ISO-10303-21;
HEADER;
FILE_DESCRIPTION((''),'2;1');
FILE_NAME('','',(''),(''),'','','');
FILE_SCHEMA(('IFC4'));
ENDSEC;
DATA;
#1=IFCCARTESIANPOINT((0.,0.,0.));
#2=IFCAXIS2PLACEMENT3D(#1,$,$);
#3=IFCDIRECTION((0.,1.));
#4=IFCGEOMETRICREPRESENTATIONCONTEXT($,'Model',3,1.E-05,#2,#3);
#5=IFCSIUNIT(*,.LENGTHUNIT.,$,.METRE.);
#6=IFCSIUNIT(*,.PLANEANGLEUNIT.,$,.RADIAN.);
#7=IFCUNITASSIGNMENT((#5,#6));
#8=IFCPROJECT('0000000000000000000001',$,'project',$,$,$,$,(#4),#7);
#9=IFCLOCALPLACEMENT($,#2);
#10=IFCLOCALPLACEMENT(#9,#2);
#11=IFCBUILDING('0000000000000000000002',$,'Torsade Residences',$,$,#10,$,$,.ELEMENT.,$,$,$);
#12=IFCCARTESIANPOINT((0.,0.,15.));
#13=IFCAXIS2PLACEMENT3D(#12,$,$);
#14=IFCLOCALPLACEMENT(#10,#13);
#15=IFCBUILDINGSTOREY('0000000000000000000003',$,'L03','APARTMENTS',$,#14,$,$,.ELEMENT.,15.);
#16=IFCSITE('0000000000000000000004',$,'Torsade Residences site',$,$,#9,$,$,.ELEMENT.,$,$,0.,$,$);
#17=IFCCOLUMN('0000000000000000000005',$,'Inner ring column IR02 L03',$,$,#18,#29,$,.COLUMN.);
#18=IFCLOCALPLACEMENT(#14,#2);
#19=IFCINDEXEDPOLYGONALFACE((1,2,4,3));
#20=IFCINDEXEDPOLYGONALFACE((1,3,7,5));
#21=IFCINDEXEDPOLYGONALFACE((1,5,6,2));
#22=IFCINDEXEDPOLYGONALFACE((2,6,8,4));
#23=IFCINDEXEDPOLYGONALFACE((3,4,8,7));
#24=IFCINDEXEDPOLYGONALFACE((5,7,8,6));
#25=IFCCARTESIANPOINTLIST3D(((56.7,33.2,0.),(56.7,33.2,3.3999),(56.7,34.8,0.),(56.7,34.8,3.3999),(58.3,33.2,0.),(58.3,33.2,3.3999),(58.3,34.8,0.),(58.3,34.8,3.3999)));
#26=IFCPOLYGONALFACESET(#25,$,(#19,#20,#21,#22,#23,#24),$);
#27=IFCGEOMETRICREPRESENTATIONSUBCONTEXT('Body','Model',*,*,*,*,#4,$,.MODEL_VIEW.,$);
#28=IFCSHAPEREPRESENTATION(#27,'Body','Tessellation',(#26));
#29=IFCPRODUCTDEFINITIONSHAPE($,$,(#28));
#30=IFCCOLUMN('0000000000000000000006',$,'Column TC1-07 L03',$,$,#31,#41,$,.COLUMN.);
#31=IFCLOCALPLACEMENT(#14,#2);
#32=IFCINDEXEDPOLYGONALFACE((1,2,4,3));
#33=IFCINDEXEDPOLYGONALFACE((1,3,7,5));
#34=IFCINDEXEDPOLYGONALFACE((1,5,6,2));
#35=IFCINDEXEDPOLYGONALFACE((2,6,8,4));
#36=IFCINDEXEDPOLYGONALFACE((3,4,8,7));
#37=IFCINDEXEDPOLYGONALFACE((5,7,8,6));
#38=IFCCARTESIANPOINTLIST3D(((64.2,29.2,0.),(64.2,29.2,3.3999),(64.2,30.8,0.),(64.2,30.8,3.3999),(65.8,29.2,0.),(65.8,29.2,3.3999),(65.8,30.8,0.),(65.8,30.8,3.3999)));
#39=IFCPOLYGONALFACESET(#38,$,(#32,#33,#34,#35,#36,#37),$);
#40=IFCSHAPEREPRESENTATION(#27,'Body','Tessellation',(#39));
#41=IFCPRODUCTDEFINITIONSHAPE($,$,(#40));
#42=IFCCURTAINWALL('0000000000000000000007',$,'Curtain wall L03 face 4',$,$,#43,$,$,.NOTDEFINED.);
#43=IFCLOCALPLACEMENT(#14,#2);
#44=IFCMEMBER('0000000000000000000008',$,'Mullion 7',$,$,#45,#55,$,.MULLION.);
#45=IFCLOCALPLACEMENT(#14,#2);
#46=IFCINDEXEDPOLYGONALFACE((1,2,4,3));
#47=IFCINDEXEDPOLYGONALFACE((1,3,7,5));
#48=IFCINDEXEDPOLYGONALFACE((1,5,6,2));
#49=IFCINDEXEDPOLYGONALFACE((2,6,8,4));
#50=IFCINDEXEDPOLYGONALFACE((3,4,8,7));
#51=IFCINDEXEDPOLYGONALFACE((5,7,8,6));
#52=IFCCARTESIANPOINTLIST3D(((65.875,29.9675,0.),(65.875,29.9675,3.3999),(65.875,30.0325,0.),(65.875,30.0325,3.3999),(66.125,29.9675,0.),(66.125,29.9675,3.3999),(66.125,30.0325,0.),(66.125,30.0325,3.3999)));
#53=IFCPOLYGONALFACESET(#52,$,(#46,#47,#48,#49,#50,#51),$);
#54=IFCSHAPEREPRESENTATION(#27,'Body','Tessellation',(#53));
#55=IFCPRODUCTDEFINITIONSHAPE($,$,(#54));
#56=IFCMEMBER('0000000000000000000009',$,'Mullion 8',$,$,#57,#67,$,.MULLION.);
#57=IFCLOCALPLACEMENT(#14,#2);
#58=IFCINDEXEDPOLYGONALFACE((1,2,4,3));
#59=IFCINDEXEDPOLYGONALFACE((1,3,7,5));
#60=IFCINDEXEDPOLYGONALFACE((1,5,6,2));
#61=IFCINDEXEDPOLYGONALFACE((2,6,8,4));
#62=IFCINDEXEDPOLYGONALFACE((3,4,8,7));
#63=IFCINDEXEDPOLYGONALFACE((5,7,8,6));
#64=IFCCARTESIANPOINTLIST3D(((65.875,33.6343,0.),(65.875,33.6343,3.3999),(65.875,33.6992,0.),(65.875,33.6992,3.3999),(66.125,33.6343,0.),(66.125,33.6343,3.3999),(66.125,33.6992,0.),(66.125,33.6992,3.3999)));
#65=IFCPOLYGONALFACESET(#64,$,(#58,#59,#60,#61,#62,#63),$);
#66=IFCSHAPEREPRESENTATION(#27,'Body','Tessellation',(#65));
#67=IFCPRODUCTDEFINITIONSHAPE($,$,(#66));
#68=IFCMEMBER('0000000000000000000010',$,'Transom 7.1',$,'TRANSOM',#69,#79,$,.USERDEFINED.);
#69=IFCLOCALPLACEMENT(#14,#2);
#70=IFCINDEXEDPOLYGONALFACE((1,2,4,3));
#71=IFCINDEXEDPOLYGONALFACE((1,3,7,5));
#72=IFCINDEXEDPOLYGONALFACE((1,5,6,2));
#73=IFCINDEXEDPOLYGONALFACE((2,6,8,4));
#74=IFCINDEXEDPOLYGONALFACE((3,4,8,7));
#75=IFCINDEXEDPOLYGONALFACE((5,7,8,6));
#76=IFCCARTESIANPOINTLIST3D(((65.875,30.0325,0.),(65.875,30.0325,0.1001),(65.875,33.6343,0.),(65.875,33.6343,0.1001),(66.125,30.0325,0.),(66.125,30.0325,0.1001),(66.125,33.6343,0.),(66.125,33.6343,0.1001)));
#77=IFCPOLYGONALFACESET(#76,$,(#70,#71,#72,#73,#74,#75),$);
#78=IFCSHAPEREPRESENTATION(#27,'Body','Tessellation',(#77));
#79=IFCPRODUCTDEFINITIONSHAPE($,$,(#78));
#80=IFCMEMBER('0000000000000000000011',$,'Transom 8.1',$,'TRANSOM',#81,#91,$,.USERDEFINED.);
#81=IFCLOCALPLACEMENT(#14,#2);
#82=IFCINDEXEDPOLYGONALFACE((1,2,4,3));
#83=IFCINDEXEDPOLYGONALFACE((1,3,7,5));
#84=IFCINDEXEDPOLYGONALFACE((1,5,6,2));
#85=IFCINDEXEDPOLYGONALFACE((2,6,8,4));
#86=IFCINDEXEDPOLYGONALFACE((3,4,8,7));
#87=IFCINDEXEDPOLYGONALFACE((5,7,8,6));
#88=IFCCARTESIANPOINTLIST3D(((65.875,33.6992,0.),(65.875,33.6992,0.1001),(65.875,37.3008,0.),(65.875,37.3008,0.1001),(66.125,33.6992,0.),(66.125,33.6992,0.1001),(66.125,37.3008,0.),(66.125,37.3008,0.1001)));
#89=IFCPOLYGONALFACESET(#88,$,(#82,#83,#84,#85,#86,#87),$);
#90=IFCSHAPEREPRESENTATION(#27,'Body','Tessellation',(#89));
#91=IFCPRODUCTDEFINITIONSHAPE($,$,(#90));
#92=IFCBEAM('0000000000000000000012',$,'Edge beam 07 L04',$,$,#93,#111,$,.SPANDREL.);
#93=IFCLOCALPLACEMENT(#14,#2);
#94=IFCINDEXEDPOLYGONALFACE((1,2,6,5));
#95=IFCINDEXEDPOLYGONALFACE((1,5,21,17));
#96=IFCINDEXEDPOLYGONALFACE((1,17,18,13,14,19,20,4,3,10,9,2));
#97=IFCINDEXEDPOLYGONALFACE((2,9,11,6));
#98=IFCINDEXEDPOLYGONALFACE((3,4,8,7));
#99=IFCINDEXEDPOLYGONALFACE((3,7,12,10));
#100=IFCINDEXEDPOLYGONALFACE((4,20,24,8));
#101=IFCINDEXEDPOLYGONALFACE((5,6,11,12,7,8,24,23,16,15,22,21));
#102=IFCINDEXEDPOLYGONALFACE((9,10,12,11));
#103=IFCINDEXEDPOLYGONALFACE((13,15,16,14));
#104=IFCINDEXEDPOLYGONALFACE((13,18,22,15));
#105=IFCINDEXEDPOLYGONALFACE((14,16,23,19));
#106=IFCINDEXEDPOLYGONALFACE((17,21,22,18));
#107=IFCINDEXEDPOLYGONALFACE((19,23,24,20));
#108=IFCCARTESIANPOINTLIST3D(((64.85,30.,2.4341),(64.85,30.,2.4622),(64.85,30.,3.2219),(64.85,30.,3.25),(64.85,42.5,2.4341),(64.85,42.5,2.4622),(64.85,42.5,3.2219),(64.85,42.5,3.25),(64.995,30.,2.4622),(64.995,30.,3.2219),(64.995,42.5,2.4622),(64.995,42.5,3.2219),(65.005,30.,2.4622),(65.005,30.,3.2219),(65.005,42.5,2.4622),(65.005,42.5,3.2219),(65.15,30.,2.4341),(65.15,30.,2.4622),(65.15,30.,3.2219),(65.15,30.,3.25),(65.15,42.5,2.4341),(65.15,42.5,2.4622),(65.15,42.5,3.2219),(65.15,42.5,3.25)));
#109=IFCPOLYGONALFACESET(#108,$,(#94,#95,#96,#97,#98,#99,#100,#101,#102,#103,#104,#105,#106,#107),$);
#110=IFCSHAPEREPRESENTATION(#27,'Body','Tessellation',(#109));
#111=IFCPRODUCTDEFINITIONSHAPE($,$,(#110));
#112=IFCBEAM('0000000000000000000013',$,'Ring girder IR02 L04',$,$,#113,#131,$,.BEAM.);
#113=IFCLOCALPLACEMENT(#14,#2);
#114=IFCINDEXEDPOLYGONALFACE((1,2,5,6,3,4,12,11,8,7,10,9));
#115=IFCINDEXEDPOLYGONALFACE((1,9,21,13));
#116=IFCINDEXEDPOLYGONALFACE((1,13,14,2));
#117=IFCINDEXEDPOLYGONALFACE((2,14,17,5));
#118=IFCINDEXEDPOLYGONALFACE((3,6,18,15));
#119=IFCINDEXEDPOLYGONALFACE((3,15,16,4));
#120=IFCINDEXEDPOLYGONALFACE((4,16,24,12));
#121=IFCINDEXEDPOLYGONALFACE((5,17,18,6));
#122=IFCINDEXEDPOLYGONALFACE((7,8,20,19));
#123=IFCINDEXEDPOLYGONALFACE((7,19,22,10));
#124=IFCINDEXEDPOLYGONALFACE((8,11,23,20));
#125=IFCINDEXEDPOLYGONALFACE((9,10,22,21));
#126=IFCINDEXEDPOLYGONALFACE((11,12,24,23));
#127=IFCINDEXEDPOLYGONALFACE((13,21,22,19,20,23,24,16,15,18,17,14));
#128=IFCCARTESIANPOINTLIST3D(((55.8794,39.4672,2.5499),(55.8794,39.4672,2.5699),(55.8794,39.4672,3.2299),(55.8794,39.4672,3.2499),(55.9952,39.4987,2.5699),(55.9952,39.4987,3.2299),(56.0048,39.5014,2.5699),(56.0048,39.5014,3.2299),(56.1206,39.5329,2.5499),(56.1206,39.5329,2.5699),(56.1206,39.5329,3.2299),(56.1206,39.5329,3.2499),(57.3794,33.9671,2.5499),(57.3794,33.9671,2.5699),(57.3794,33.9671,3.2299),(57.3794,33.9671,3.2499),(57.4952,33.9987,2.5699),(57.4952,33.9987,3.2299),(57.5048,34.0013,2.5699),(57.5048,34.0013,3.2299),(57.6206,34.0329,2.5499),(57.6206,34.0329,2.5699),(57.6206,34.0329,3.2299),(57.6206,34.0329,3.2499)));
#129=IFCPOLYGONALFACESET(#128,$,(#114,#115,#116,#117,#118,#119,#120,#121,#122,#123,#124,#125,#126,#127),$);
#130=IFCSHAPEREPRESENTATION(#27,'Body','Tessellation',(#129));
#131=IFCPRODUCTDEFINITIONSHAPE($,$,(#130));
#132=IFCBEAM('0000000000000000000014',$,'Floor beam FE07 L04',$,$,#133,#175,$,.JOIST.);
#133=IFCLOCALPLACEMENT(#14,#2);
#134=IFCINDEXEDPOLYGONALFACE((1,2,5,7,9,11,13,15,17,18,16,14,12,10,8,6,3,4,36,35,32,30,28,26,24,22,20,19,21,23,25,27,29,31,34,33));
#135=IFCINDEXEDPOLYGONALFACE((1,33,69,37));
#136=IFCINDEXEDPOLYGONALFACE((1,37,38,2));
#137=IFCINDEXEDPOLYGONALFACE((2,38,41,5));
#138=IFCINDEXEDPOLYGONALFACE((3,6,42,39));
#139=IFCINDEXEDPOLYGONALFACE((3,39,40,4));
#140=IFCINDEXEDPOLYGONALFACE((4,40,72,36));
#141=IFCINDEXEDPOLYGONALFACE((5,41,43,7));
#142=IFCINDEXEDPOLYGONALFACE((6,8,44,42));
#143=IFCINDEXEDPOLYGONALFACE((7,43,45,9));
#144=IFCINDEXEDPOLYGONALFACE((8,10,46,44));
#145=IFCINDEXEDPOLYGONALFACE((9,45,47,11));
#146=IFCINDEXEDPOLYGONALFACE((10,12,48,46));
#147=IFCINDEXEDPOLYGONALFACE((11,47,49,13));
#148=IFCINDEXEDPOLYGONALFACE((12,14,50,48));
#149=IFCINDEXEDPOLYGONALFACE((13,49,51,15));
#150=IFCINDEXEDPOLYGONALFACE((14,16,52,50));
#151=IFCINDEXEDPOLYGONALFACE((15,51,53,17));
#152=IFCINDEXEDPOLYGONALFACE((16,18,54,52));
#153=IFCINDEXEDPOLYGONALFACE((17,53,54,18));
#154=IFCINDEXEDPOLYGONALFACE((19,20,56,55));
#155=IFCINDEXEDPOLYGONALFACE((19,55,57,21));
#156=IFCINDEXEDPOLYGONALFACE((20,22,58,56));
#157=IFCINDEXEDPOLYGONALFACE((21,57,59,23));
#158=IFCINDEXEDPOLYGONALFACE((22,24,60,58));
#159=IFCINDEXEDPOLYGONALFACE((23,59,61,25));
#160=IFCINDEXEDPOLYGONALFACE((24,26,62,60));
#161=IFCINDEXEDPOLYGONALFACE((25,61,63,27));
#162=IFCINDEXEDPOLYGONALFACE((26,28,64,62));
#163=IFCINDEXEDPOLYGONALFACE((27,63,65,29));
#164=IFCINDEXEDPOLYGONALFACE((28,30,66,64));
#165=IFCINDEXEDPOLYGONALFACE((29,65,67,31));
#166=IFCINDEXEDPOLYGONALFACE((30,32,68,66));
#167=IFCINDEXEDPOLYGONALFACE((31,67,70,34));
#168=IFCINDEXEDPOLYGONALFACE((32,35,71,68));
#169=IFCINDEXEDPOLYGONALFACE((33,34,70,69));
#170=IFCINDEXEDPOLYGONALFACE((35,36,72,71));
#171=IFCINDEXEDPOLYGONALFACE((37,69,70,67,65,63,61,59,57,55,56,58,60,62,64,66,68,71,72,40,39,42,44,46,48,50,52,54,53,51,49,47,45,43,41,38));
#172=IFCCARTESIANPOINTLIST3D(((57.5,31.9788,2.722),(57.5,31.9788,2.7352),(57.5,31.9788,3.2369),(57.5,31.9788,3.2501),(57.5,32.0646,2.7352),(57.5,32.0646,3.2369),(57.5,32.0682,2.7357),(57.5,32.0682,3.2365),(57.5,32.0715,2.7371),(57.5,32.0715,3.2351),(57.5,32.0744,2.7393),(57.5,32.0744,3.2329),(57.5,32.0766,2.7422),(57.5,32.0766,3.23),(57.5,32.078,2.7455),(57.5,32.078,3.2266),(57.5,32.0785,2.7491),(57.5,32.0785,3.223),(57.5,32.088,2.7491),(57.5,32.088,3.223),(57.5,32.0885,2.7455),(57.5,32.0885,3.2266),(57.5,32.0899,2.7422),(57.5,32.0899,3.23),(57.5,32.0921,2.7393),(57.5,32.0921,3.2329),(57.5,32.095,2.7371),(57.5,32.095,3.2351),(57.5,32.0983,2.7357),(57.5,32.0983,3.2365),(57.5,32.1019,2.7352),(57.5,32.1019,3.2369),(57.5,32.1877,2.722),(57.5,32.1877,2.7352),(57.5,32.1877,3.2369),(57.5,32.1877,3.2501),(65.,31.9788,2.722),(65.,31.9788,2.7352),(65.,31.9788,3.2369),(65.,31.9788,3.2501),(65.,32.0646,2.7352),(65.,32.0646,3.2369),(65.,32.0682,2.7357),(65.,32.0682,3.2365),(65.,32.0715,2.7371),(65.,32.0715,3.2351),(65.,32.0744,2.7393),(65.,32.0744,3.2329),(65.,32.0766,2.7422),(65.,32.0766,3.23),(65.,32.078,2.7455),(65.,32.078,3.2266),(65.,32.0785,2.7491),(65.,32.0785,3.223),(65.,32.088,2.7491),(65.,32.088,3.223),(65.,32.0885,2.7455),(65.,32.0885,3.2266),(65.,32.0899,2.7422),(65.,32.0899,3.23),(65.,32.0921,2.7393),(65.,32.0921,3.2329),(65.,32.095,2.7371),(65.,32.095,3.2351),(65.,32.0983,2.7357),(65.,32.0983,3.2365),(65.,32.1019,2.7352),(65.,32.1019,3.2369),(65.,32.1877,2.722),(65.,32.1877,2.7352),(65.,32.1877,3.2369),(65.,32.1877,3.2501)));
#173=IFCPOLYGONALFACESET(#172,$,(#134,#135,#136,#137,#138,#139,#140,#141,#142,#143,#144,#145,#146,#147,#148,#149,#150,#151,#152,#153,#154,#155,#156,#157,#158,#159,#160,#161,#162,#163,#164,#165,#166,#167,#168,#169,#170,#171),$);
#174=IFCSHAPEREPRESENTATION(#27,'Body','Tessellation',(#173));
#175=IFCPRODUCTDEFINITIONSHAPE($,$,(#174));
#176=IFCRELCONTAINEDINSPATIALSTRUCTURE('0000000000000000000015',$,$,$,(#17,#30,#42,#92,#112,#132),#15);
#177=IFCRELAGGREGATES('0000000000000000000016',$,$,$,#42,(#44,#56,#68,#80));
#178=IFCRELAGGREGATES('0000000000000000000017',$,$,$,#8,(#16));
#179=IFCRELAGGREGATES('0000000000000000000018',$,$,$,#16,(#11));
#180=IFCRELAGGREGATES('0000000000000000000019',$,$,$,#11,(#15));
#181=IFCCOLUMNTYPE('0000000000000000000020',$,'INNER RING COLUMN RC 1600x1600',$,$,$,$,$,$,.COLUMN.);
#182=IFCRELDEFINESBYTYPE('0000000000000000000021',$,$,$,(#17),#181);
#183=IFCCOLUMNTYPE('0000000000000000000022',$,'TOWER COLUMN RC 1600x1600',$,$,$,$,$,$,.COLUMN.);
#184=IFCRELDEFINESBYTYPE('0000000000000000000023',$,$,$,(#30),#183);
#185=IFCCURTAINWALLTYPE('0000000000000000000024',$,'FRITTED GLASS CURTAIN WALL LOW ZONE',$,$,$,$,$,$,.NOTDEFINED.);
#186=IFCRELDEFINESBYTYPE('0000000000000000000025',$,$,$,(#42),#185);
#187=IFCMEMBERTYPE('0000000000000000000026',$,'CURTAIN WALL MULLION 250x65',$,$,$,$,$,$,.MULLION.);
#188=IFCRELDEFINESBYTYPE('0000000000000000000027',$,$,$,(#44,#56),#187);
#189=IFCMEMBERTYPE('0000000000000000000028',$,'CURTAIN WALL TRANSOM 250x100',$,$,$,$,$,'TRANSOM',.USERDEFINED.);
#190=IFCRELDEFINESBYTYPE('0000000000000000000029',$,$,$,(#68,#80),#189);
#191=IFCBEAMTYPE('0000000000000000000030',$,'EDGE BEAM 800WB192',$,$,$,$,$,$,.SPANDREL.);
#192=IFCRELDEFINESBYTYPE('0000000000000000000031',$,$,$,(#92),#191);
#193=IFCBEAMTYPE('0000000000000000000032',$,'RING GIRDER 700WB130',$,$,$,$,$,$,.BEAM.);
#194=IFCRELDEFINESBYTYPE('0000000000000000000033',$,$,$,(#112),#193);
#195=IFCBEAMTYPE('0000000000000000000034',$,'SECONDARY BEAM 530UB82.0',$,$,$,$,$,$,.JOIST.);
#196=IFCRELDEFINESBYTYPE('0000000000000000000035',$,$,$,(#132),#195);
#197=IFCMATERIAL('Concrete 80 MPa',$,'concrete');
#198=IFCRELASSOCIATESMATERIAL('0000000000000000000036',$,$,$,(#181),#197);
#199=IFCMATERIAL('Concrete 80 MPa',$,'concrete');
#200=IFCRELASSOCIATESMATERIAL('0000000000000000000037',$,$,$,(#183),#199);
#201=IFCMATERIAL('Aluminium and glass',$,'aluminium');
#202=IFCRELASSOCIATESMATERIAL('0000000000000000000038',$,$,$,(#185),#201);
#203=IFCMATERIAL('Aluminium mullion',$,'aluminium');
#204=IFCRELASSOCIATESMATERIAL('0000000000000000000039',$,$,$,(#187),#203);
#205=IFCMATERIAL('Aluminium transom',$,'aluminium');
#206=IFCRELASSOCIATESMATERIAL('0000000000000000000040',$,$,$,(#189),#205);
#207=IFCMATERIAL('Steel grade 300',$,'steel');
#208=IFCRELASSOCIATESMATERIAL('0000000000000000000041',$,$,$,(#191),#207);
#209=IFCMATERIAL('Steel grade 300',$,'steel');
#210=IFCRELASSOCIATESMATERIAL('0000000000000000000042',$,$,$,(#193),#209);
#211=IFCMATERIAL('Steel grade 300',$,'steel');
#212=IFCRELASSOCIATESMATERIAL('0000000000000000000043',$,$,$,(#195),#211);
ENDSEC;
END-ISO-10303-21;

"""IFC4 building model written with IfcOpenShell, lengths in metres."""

from ifc_helpers import new_model, si_unit, direction, frame, origin, origin_2d, place, context, subcontext, project, spatial, rectangle, i_section, extrude, material, material_profile, profile_set, type_object, element, aggregate, save


model = new_model("IFC4")

# Units and contexts
model_context = context("Model", 3, precision=1e-05, world=origin(), true_north=direction((0.0, 1.0)))
body_context = subcontext(model_context, "Body", "Model", "MODEL_VIEW")
ifc_project = project(units=[si_unit("LENGTHUNIT", "METRE"), si_unit("PLANEANGLEUNIT", "RADIAN")], contexts=[model_context])

# Site, building, storey
site_placement = place(None, origin())
site = spatial("IfcSite", under=ifc_project, at=site_placement, Name="Torsade Residences site", CompositionType="ELEMENT", RefElevation=0.0)
building_placement = place(site_placement, origin())
building = spatial("IfcBuilding", under=site, at=building_placement, Name="Torsade Residences", CompositionType="ELEMENT")
storey_placement = place(building_placement, frame((0.0, 0.0, 15.0)))
storey = spatial("IfcBuildingStorey", under=building, at=storey_placement, Name="L03", Description="APARTMENTS", CompositionType="ELEMENT", Elevation=15.0)

# Columns
ifc_material_1 = material(Name="Concrete 80 MPa", Category="concrete")
ifc_material_profile_1 = material_profile(ifc_material_1, rectangle(XDim=1.6001, YDim=1.6001, at=origin_2d()), Name="RC 1600x1600")
ifc_profile_set_1 = profile_set([ifc_material_profile_1], Name="Concrete 80 MPa")
column_type_1 = type_object("IfcColumnType", Name="INNER RING COLUMN RC 1600x1600", PredefinedType="COLUMN", material=ifc_profile_set_1)
column_1_placement = place(storey_placement, frame((57.5, 34.0, 0.0), z_axis=(0.0, 0.0, 1.0), x_axis=(1.0, 0.0, 0.0)))
element("IfcColumn", 1, at=column_1_placement, inside=storey, type_object=column_type_1, Name="Inner ring column IR02 L03", PredefinedType="COLUMN", context=body_context, shape_type="SweptSolid", body=[
    extrude(rectangle(XDim=1.6001, YDim=1.6001, at=origin_2d()), origin(), (0.0, 0.0, 1.0), 3.3999),
])
ifc_material_2 = material(Name="Concrete 80 MPa", Category="concrete")
ifc_material_profile_2 = material_profile(ifc_material_2, rectangle(XDim=1.6001, YDim=1.6001, at=origin_2d()), Name="RC 1600x1600")
ifc_profile_set_2 = profile_set([ifc_material_profile_2], Name="Concrete 80 MPa")
column_type_2 = type_object("IfcColumnType", Name="TOWER COLUMN RC 1600x1600", PredefinedType="COLUMN", material=ifc_profile_set_2)
column_2_placement = place(storey_placement, frame((65.0, 30.0, 0.0), z_axis=(0.0, 0.0, 1.0), x_axis=(1.0, 0.0, 0.0)))
element("IfcColumn", 2, at=column_2_placement, inside=storey, type_object=column_type_2, Name="Column TC1-07 L03", PredefinedType="COLUMN", context=body_context, shape_type="SweptSolid", body=[
    extrude(rectangle(XDim=1.6001, YDim=1.6001, at=origin_2d()), origin(), (0.0, 0.0, 1.0), 3.3999),
])

# Curtain wall, members
ifc_material_3 = material(Name="Aluminium and glass", Category="aluminium")
curtain_wall_type = type_object("IfcCurtainWallType", Name="FRITTED GLASS CURTAIN WALL LOW ZONE", PredefinedType="NOTDEFINED", material=ifc_material_3)
curtain_wall_placement = place(storey_placement, origin())
curtain_wall = element("IfcCurtainWall", 3, at=curtain_wall_placement, inside=storey, type_object=curtain_wall_type, Name="Curtain wall L03 face 4", PredefinedType="NOTDEFINED")
ifc_material_4 = material(Name="Aluminium mullion", Category="aluminium")
ifc_material_profile_3 = material_profile(ifc_material_4, rectangle(XDim=0.25, YDim=0.0649, at=origin_2d()), Name="CURTAIN WALL MULLION 250x65")
ifc_profile_set_3 = profile_set([ifc_material_profile_3], Name="Aluminium mullion")
member_type_1 = type_object("IfcMemberType", Name="CURTAIN WALL MULLION 250x65", PredefinedType="MULLION", material=ifc_profile_set_3)
member_1_placement = place(storey_placement, frame((66.0, 30.0, 0.0), z_axis=(0.0, 0.0, 1.0), x_axis=(-1.0, 0.0, 0.0)))
member_1 = element("IfcMember", 4, at=member_1_placement, type_object=member_type_1, Name="Mullion 7", PredefinedType="MULLION", context=body_context, shape_type="SweptSolid", body=[
    extrude(rectangle(XDim=0.25, YDim=0.0649, at=origin_2d()), origin(), (0.0, 0.0, 1.0), 3.3999),
])
member_2_placement = place(storey_placement, frame((66.0, 33.6667, 0.0), z_axis=(0.0, 0.0, 1.0), x_axis=(-1.0, 0.0, 0.0)))
member_2 = element("IfcMember", 5, at=member_2_placement, type_object=member_type_1, Name="Mullion 8", PredefinedType="MULLION", context=body_context, shape_type="SweptSolid", body=[
    extrude(rectangle(XDim=0.25, YDim=0.0649, at=origin_2d()), origin(), (0.0, 0.0, 1.0), 3.3999),
])
ifc_material_5 = material(Name="Aluminium transom", Category="aluminium")
ifc_material_profile_4 = material_profile(ifc_material_5, rectangle(XDim=0.25, YDim=0.1001, at=origin_2d()), Name="CURTAIN WALL TRANSOM 250x100")
ifc_profile_set_4 = profile_set([ifc_material_profile_4], Name="Aluminium transom")
member_type_2 = type_object("IfcMemberType", Name="CURTAIN WALL TRANSOM 250x100", ElementType="TRANSOM", PredefinedType="USERDEFINED", material=ifc_profile_set_4)
member_3_placement = place(storey_placement, frame((66.0, 30.0325, 0.05), z_axis=(0.0, 1.0, 0.0), x_axis=(-1.0, 0.0, 0.0)))
member_3 = element("IfcMember", 6, at=member_3_placement, type_object=member_type_2, Name="Transom 7.1", ObjectType="TRANSOM", PredefinedType="USERDEFINED", context=body_context, shape_type="SweptSolid", body=[
    extrude(rectangle(XDim=0.25, YDim=0.1001, at=origin_2d()), origin(), (0.0, 0.0, 1.0), 3.6018),
])
member_4_placement = place(storey_placement, frame((66.0, 33.6992, 0.05), z_axis=(0.0, 1.0, 0.0), x_axis=(-1.0, 0.0, 0.0)))
member_4 = element("IfcMember", 7, at=member_4_placement, type_object=member_type_2, Name="Transom 8.1", ObjectType="TRANSOM", PredefinedType="USERDEFINED", context=body_context, shape_type="SweptSolid", body=[
    extrude(rectangle(XDim=0.25, YDim=0.1001, at=origin_2d()), origin(), (0.0, 0.0, 1.0), 3.6016),
])

# Beams
ifc_material_6 = material(Name="Steel grade 300", Category="steel")
ifc_material_profile_5 = material_profile(ifc_material_6, i_section(OverallWidth=0.3, OverallDepth=0.8159, WebThickness=0.01, FlangeThickness=0.0281, at=origin_2d()), Name="800WB192")
ifc_profile_set_5 = profile_set([ifc_material_profile_5], Name="Steel grade 300")
beam_type_1 = type_object("IfcBeamType", Name="EDGE BEAM 800WB192", PredefinedType="SPANDREL", material=ifc_profile_set_5)
beam_1_placement = place(storey_placement, frame((65.0, 30.0, 2.842), z_axis=(0.0, 1.0, 0.0), x_axis=(-1.0, 0.0, 0.0)))
element("IfcBeam", 8, at=beam_1_placement, inside=storey, type_object=beam_type_1, Name="Edge beam 07 L04", PredefinedType="SPANDREL", context=body_context, shape_type="SweptSolid", body=[
    extrude(i_section(OverallWidth=0.3, OverallDepth=0.8159, WebThickness=0.01, FlangeThickness=0.0281, at=origin_2d()), origin(), (0.0, 0.0, 1.0), 12.5),
])
ifc_material_7 = material(Name="Steel grade 300", Category="steel")
ifc_material_profile_6 = material_profile(ifc_material_7, i_section(OverallWidth=0.25, OverallDepth=0.7, WebThickness=0.01, FlangeThickness=0.02, at=origin_2d()), Name="700WB130")
ifc_profile_set_6 = profile_set([ifc_material_profile_6], Name="Steel grade 300")
beam_type_2 = type_object("IfcBeamType", Name="RING GIRDER 700WB130", PredefinedType="BEAM", material=ifc_profile_set_6)
beam_2_placement = place(storey_placement, frame((57.5, 34.0, 2.8999), z_axis=(-0.263117, 0.964764, 0.0), x_axis=(-0.964764, -0.263117, 0.0)))
element("IfcBeam", 9, at=beam_2_placement, inside=storey, type_object=beam_type_2, Name="Ring girder IR02 L04", PredefinedType="BEAM", context=body_context, shape_type="SweptSolid", body=[
    extrude(i_section(OverallWidth=0.25, OverallDepth=0.7, WebThickness=0.01, FlangeThickness=0.02, at=origin_2d()), origin(), (0.0, 0.0, 1.0), 5.7009),
])
ifc_material_8 = material(Name="Steel grade 300", Category="steel")
ifc_material_profile_7 = material_profile(ifc_material_8, i_section(OverallWidth=0.209, OverallDepth=0.5281, WebThickness=0.0095, FlangeThickness=0.0132, FilletRadius=0.0139, at=origin_2d()), Name="530UB82.0")
ifc_profile_set_7 = profile_set([ifc_material_profile_7], Name="Steel grade 300")
beam_type_3 = type_object("IfcBeamType", Name="SECONDARY BEAM 530UB82.0", PredefinedType="JOIST", material=ifc_profile_set_7)
beam_3_placement = place(storey_placement, frame((65.0, 32.0833, 2.9861), z_axis=(-1.0, 0.0, 0.0), x_axis=(0.0, -1.0, 0.0)))
element("IfcBeam", 10, at=beam_3_placement, inside=storey, type_object=beam_type_3, Name="Floor beam FE07 L04", PredefinedType="JOIST", context=body_context, shape_type="SweptSolid", body=[
    extrude(i_section(OverallWidth=0.209, OverallDepth=0.5281, WebThickness=0.0095, FlangeThickness=0.0132, FilletRadius=0.0139, at=origin_2d()), origin(), (0.0, 0.0, 1.0), 7.5),
])

aggregate(curtain_wall, [member_1, member_2, member_3, member_4])

save(model, "model.ifc")
